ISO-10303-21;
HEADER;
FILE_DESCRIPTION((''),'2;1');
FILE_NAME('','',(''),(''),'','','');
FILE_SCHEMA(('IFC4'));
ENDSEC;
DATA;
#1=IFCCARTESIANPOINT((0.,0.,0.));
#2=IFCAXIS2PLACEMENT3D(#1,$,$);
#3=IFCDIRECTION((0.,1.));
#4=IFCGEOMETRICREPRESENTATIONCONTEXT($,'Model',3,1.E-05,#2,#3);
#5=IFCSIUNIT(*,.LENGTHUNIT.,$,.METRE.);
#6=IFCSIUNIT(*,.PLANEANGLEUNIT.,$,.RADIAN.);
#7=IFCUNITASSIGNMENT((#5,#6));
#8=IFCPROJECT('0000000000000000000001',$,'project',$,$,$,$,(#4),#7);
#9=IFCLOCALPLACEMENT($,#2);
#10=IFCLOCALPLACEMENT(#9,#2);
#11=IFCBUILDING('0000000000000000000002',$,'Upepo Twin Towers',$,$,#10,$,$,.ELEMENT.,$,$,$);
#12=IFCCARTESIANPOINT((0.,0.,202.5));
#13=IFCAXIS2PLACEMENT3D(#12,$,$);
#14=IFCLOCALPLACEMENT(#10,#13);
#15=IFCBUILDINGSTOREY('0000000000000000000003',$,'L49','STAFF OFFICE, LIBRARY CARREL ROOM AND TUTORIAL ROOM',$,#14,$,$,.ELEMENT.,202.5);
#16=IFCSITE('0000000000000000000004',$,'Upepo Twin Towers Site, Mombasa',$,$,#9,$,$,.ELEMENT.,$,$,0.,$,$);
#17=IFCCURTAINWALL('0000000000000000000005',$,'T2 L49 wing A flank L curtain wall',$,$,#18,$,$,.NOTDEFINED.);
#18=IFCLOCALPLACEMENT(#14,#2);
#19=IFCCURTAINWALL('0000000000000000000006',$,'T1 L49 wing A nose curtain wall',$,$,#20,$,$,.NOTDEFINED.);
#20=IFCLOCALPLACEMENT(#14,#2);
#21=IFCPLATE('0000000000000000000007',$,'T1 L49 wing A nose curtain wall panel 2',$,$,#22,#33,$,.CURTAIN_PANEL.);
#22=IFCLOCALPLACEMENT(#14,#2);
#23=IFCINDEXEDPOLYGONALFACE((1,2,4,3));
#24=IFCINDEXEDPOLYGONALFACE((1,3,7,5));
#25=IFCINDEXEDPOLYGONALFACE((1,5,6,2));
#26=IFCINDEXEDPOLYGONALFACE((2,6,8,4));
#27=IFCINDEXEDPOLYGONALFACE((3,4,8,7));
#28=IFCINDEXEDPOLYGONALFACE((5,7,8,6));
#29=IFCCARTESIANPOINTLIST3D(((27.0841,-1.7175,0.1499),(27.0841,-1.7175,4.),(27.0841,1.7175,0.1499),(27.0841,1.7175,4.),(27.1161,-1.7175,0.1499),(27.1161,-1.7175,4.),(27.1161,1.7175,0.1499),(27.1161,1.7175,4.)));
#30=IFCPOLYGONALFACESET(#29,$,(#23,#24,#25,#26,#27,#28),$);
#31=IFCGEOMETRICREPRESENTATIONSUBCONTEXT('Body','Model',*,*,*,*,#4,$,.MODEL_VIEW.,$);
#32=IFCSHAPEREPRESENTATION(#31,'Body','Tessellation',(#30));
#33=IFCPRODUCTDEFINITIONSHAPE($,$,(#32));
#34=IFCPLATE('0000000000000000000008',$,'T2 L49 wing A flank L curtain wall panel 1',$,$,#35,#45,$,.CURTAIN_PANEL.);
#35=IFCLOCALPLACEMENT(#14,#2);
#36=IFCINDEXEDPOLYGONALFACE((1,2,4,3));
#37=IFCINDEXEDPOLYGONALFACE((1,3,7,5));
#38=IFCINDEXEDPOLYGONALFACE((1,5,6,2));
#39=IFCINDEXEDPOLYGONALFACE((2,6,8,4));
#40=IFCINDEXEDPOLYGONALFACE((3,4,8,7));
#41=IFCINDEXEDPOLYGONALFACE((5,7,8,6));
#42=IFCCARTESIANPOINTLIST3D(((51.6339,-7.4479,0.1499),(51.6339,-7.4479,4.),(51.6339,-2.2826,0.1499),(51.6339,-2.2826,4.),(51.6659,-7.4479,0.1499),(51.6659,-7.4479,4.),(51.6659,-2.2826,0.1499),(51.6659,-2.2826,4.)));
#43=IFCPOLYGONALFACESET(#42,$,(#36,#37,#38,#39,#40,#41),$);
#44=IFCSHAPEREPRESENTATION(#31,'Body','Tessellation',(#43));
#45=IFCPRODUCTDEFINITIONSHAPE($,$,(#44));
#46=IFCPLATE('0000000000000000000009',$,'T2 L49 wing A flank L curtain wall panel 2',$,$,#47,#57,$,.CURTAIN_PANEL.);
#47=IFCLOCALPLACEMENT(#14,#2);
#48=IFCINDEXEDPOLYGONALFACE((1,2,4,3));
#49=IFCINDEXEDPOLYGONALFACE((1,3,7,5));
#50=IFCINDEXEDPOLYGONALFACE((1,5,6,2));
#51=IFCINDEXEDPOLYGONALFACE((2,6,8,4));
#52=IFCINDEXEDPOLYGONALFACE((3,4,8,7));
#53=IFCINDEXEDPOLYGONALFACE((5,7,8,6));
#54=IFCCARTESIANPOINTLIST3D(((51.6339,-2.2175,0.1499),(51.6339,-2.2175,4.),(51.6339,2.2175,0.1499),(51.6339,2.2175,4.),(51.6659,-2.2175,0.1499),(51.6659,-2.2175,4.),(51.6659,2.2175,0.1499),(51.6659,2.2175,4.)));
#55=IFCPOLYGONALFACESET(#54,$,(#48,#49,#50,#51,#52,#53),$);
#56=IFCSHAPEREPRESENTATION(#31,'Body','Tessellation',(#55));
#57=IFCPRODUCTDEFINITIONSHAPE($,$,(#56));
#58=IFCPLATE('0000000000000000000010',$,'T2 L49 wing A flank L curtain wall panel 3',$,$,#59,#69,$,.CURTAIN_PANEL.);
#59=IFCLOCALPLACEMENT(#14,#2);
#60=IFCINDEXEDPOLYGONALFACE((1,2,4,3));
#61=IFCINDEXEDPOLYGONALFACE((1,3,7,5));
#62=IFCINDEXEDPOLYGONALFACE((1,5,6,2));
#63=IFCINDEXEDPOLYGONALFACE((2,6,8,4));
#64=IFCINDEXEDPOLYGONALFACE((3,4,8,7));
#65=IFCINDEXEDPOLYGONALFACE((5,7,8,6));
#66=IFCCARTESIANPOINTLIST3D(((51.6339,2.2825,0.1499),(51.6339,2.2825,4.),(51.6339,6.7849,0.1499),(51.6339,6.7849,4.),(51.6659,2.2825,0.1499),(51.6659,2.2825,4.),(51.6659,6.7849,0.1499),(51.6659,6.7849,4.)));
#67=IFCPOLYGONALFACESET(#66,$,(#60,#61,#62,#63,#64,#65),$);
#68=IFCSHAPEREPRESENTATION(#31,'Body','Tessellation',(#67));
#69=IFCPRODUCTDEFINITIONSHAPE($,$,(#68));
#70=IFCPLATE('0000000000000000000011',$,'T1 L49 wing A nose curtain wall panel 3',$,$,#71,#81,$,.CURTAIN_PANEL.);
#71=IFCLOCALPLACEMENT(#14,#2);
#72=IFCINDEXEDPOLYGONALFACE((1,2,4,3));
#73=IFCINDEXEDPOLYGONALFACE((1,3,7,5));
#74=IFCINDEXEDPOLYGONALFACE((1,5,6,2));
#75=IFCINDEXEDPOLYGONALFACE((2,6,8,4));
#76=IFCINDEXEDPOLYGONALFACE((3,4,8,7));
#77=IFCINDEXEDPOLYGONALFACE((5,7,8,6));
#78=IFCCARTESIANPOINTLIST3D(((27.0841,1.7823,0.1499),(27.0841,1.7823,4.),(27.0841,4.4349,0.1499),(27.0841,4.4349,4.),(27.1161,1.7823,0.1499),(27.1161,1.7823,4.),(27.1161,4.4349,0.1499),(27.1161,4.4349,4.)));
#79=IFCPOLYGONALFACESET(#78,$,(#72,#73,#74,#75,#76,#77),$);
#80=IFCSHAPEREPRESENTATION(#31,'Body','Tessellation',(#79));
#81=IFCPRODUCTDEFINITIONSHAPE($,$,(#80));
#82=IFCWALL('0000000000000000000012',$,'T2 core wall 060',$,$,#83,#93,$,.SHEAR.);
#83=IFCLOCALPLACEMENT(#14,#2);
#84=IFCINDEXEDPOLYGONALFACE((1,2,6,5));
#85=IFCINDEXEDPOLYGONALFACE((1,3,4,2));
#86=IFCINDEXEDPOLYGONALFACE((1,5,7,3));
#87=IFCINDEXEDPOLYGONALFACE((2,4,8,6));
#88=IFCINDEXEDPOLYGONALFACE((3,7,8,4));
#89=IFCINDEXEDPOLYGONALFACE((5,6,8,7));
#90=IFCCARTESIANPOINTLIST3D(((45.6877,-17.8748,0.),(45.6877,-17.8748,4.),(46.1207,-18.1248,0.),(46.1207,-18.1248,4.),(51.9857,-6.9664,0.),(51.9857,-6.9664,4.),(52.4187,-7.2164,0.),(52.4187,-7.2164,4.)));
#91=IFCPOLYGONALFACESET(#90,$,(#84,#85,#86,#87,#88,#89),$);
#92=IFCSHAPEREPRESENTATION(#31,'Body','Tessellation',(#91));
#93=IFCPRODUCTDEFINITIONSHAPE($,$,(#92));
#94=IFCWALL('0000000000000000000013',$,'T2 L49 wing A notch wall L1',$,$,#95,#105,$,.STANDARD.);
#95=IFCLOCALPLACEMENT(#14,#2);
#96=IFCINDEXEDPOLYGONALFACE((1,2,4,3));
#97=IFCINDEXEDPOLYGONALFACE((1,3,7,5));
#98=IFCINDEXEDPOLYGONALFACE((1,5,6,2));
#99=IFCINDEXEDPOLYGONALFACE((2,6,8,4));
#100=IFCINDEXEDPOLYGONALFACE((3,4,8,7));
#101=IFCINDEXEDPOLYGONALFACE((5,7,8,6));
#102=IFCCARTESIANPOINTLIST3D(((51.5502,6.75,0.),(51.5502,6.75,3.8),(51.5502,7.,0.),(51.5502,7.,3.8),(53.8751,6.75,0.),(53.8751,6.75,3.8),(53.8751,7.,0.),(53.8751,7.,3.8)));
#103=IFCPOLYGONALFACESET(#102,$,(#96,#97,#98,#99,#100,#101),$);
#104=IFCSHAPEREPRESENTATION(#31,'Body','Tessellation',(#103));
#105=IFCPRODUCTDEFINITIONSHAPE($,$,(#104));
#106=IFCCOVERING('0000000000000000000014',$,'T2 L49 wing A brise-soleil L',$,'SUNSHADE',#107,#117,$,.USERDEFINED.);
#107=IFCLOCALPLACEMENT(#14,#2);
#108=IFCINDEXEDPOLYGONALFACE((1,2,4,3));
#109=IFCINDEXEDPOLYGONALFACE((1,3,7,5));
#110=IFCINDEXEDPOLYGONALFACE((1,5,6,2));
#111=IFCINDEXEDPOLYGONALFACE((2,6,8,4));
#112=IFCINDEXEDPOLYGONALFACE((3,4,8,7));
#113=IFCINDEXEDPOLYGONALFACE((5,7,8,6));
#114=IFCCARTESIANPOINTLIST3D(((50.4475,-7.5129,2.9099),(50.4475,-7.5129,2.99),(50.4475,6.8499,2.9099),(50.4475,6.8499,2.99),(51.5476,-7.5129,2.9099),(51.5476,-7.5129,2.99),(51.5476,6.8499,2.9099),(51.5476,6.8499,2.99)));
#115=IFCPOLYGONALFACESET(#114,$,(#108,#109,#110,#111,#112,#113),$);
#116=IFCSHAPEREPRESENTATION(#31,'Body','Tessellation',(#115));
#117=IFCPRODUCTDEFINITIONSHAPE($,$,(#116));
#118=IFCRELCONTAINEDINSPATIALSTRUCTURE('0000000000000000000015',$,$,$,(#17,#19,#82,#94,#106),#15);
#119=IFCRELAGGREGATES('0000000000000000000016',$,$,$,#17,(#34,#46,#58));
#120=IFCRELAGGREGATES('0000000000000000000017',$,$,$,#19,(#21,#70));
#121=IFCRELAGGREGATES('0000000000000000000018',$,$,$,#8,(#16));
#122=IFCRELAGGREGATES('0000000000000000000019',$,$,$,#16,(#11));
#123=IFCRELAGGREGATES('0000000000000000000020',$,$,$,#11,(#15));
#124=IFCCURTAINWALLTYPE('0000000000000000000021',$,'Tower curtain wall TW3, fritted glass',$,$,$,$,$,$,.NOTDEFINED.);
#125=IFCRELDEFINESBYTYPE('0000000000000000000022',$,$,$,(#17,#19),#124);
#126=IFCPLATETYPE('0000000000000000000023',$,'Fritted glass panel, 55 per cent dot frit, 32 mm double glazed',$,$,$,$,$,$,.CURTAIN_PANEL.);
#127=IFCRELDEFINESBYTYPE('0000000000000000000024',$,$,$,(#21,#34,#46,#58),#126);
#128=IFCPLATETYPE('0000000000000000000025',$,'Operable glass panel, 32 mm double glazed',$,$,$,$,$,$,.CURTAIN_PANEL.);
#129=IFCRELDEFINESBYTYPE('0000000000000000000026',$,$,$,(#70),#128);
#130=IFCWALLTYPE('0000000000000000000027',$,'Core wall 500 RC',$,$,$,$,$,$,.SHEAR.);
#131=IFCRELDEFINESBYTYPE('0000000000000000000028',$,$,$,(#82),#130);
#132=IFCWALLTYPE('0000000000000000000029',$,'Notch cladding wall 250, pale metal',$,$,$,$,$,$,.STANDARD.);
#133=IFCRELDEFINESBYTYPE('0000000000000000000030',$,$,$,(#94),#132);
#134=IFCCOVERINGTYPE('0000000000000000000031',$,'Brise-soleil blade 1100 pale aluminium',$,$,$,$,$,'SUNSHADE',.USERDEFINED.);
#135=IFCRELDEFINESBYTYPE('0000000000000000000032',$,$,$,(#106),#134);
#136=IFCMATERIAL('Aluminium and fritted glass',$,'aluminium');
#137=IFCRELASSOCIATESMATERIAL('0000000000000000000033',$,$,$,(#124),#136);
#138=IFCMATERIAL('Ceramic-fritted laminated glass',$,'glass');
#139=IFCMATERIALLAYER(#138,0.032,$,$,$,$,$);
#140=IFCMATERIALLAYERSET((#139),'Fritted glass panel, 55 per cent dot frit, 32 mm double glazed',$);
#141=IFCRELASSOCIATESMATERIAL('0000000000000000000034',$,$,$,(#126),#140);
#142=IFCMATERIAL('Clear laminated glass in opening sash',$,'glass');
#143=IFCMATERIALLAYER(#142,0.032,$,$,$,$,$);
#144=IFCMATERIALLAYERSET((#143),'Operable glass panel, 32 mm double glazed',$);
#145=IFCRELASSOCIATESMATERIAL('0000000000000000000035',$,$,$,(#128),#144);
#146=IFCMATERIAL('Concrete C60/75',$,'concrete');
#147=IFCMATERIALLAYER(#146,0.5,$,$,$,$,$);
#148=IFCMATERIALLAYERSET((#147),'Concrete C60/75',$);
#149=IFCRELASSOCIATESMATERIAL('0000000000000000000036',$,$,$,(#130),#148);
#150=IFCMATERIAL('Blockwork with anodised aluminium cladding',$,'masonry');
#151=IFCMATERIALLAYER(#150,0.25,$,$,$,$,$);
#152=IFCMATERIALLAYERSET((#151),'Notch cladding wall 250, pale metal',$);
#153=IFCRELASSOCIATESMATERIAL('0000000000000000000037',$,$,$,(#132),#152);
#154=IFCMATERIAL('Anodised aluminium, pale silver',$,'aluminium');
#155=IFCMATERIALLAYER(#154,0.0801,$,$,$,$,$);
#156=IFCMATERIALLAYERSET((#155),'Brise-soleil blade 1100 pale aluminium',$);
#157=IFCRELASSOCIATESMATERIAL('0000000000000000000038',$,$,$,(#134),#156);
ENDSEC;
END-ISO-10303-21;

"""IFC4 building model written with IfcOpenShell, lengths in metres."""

from ifc_helpers import new_model, si_unit, direction, frame, frame_2d, origin, origin_2d, place, context, subcontext, project, spatial, rectangle, extrude, material, layer, layer_set, type_object, element, aggregate, save


model = new_model("IFC4")

# Units and contexts
model_context = context("Model", 3, precision=1e-05, world=origin(), true_north=direction((0.0, 1.0)))
body_context = subcontext(model_context, "Body", "Model", "MODEL_VIEW")
ifc_project = project(units=[si_unit("LENGTHUNIT", "METRE"), si_unit("PLANEANGLEUNIT", "RADIAN")], contexts=[model_context])

# Site, building, storey
site_placement = place(None, origin())
site = spatial("IfcSite", under=ifc_project, at=site_placement, Name="Upepo Twin Towers Site, Mombasa", CompositionType="ELEMENT", RefElevation=0.0)
building_placement = place(site_placement, origin())
building = spatial("IfcBuilding", under=site, at=building_placement, Name="Upepo Twin Towers", CompositionType="ELEMENT")
storey_placement = place(building_placement, frame((0.0, 0.0, 202.5)))
storey = spatial("IfcBuildingStorey", under=building, at=storey_placement, Name="L49", Description="STAFF OFFICE, LIBRARY CARREL ROOM AND TUTORIAL ROOM", CompositionType="ELEMENT", Elevation=202.5)

# Curtain wall
ifc_material_1 = material(Name="Aluminium and fritted glass", Category="aluminium")
curtain_wall_type = type_object("IfcCurtainWallType", Name="Tower curtain wall TW3, fritted glass", PredefinedType="NOTDEFINED", material=ifc_material_1)
curtain_wall_1_placement = place(storey_placement, origin())
curtain_wall_1 = element("IfcCurtainWall", 1, at=curtain_wall_1_placement, inside=storey, type_object=curtain_wall_type, Name="T2 L49 wing A flank L curtain wall", PredefinedType="NOTDEFINED")

# Curtain wall
curtain_wall_2_placement = place(storey_placement, origin())
curtain_wall_2 = element("IfcCurtainWall", 2, at=curtain_wall_2_placement, inside=storey, type_object=curtain_wall_type, Name="T1 L49 wing A nose curtain wall", PredefinedType="NOTDEFINED")

# Plates
ifc_material_2 = material(Name="Ceramic-fritted laminated glass", Category="glass")
ifc_layer_1 = layer(ifc_material_2, 0.032)
ifc_layer_set_1 = layer_set([ifc_layer_1], Name="Fritted glass panel, 55 per cent dot frit, 32 mm double glazed")
plate_type_1 = type_object("IfcPlateType", Name="Fritted glass panel, 55 per cent dot frit, 32 mm double glazed", PredefinedType="CURTAIN_PANEL", material=ifc_layer_set_1)
plate_1_placement = place(storey_placement, frame((27.1001, 0.0, 0.1499), z_axis=(0.0, 0.0, 1.0), x_axis=(0.0, 1.0, 0.0)))
plate_1 = element("IfcPlate", 3, at=plate_1_placement, type_object=plate_type_1, Name="T1 L49 wing A nose curtain wall panel 2", PredefinedType="CURTAIN_PANEL", context=body_context, shape_type="SweptSolid", body=[
    extrude(rectangle(XDim=3.4351, YDim=0.032, at=origin_2d()), origin(), (0.0, 0.0, 1.0), 3.8501),
])
plate_2_placement = place(storey_placement, frame((51.6499, -4.8652, 0.1499), z_axis=(0.0, 0.0, 1.0), x_axis=(0.0, 1.0, 0.0)))
plate_2 = element("IfcPlate", 4, at=plate_2_placement, type_object=plate_type_1, Name="T2 L49 wing A flank L curtain wall panel 1", PredefinedType="CURTAIN_PANEL", context=body_context, shape_type="SweptSolid", body=[
    extrude(rectangle(XDim=5.1653, YDim=0.032, at=origin_2d()), origin(), (0.0, 0.0, 1.0), 3.8501),
])
plate_3_placement = place(storey_placement, frame((51.6499, 0.0, 0.1499), z_axis=(0.0, 0.0, 1.0), x_axis=(0.0, 1.0, 0.0)))
plate_3 = element("IfcPlate", 5, at=plate_3_placement, type_object=plate_type_1, Name="T2 L49 wing A flank L curtain wall panel 2", PredefinedType="CURTAIN_PANEL", context=body_context, shape_type="SweptSolid", body=[
    extrude(rectangle(XDim=4.4351, YDim=0.032, at=origin_2d()), origin(), (0.0, 0.0, 1.0), 3.8501),
])
plate_4_placement = place(storey_placement, frame((51.6499, 4.5337, 0.1499), z_axis=(0.0, 0.0, 1.0), x_axis=(0.0, 1.0, 0.0)))
plate_4 = element("IfcPlate", 6, at=plate_4_placement, type_object=plate_type_1, Name="T2 L49 wing A flank L curtain wall panel 3", PredefinedType="CURTAIN_PANEL", context=body_context, shape_type="SweptSolid", body=[
    extrude(rectangle(XDim=4.5024, YDim=0.032, at=origin_2d()), origin(), (0.0, 0.0, 1.0), 3.8501),
])
aggregate(curtain_wall_1, [plate_2, plate_3, plate_4])
ifc_material_3 = material(Name="Clear laminated glass in opening sash", Category="glass")
ifc_layer_2 = layer(ifc_material_3, 0.032)
ifc_layer_set_2 = layer_set([ifc_layer_2], Name="Operable glass panel, 32 mm double glazed")
plate_type_2 = type_object("IfcPlateType", Name="Operable glass panel, 32 mm double glazed", PredefinedType="CURTAIN_PANEL", material=ifc_layer_set_2)
plate_5_placement = place(storey_placement, frame((27.1001, 3.1086, 0.1499), z_axis=(0.0, 0.0, 1.0), x_axis=(0.0, 1.0, 0.0)))
plate_5 = element("IfcPlate", 7, at=plate_5_placement, type_object=plate_type_2, Name="T1 L49 wing A nose curtain wall panel 3", PredefinedType="CURTAIN_PANEL", context=body_context, shape_type="SweptSolid", body=[
    extrude(rectangle(XDim=2.6526, YDim=0.032, at=origin_2d()), origin(), (0.0, 0.0, 1.0), 3.8501),
])
aggregate(curtain_wall_2, [plate_1, plate_5])

# Walls
ifc_material_4 = material(Name="Concrete C60/75", Category="concrete")
ifc_layer_3 = layer(ifc_material_4, 0.5)
ifc_layer_set_3 = layer_set([ifc_layer_3], Name="Concrete C60/75")
wall_type_1 = type_object("IfcWallType", Name="Core wall 500 RC", PredefinedType="SHEAR", material=ifc_layer_set_3)
wall_1_placement = place(storey_placement, frame((52.2021, -7.0916, 0.0), z_axis=(0.0, 0.0, 1.0), x_axis=(-0.500006, -0.866022, 0.0)))
element("IfcWall", 8, at=wall_1_placement, inside=storey, type_object=wall_type_1, Name="T2 core wall 060", PredefinedType="SHEAR", context=body_context, shape_type="SweptSolid", body=[
    extrude(rectangle(XDim=12.5959, YDim=0.5, at=frame_2d((6.2979, 0.0))), origin(), (0.0, 0.0, 1.0), 4.0),
])
ifc_material_5 = material(Name="Blockwork with anodised aluminium cladding", Category="masonry")
ifc_layer_4 = layer(ifc_material_5, 0.25)
ifc_layer_set_4 = layer_set([ifc_layer_4], Name="Notch cladding wall 250, pale metal")
wall_type_2 = type_object("IfcWallType", Name="Notch cladding wall 250, pale metal", PredefinedType="STANDARD", material=ifc_layer_set_4)
wall_2_placement = place(storey_placement, frame((51.55, 6.875, 0.0), z_axis=(0.0, 0.0, 1.0), x_axis=(1.0, 0.0, 0.0)))
element("IfcWall", 9, at=wall_2_placement, inside=storey, type_object=wall_type_2, Name="T2 L49 wing A notch wall L1", PredefinedType="STANDARD", context=body_context, shape_type="SweptSolid", body=[
    extrude(rectangle(XDim=2.325, YDim=0.25, at=frame_2d((1.1626, 0.0))), origin(), (0.0, 0.0, 1.0), 3.8),
])

# Covering
ifc_material_6 = material(Name="Anodised aluminium, pale silver", Category="aluminium")
ifc_layer_5 = layer(ifc_material_6, 0.0801)
ifc_layer_set_5 = layer_set([ifc_layer_5], Name="Brise-soleil blade 1100 pale aluminium")
covering_type = type_object("IfcCoveringType", Name="Brise-soleil blade 1100 pale aluminium", ElementType="SUNSHADE", PredefinedType="USERDEFINED", material=ifc_layer_set_5)
covering_placement = place(storey_placement, frame((50.9976, -0.3315, 2.9099), z_axis=(0.0, 0.0, 1.0), x_axis=(0.0, 1.0, 0.0)))
element("IfcCovering", 10, at=covering_placement, inside=storey, type_object=covering_type, Name="T2 L49 wing A brise-soleil L", ObjectType="SUNSHADE", PredefinedType="USERDEFINED", context=body_context, shape_type="SweptSolid", body=[
    extrude(rectangle(XDim=14.3628, YDim=1.1001, at=origin_2d()), origin(), (0.0, 0.0, 1.0), 0.0801),
])

save(model, "model.ifc")
